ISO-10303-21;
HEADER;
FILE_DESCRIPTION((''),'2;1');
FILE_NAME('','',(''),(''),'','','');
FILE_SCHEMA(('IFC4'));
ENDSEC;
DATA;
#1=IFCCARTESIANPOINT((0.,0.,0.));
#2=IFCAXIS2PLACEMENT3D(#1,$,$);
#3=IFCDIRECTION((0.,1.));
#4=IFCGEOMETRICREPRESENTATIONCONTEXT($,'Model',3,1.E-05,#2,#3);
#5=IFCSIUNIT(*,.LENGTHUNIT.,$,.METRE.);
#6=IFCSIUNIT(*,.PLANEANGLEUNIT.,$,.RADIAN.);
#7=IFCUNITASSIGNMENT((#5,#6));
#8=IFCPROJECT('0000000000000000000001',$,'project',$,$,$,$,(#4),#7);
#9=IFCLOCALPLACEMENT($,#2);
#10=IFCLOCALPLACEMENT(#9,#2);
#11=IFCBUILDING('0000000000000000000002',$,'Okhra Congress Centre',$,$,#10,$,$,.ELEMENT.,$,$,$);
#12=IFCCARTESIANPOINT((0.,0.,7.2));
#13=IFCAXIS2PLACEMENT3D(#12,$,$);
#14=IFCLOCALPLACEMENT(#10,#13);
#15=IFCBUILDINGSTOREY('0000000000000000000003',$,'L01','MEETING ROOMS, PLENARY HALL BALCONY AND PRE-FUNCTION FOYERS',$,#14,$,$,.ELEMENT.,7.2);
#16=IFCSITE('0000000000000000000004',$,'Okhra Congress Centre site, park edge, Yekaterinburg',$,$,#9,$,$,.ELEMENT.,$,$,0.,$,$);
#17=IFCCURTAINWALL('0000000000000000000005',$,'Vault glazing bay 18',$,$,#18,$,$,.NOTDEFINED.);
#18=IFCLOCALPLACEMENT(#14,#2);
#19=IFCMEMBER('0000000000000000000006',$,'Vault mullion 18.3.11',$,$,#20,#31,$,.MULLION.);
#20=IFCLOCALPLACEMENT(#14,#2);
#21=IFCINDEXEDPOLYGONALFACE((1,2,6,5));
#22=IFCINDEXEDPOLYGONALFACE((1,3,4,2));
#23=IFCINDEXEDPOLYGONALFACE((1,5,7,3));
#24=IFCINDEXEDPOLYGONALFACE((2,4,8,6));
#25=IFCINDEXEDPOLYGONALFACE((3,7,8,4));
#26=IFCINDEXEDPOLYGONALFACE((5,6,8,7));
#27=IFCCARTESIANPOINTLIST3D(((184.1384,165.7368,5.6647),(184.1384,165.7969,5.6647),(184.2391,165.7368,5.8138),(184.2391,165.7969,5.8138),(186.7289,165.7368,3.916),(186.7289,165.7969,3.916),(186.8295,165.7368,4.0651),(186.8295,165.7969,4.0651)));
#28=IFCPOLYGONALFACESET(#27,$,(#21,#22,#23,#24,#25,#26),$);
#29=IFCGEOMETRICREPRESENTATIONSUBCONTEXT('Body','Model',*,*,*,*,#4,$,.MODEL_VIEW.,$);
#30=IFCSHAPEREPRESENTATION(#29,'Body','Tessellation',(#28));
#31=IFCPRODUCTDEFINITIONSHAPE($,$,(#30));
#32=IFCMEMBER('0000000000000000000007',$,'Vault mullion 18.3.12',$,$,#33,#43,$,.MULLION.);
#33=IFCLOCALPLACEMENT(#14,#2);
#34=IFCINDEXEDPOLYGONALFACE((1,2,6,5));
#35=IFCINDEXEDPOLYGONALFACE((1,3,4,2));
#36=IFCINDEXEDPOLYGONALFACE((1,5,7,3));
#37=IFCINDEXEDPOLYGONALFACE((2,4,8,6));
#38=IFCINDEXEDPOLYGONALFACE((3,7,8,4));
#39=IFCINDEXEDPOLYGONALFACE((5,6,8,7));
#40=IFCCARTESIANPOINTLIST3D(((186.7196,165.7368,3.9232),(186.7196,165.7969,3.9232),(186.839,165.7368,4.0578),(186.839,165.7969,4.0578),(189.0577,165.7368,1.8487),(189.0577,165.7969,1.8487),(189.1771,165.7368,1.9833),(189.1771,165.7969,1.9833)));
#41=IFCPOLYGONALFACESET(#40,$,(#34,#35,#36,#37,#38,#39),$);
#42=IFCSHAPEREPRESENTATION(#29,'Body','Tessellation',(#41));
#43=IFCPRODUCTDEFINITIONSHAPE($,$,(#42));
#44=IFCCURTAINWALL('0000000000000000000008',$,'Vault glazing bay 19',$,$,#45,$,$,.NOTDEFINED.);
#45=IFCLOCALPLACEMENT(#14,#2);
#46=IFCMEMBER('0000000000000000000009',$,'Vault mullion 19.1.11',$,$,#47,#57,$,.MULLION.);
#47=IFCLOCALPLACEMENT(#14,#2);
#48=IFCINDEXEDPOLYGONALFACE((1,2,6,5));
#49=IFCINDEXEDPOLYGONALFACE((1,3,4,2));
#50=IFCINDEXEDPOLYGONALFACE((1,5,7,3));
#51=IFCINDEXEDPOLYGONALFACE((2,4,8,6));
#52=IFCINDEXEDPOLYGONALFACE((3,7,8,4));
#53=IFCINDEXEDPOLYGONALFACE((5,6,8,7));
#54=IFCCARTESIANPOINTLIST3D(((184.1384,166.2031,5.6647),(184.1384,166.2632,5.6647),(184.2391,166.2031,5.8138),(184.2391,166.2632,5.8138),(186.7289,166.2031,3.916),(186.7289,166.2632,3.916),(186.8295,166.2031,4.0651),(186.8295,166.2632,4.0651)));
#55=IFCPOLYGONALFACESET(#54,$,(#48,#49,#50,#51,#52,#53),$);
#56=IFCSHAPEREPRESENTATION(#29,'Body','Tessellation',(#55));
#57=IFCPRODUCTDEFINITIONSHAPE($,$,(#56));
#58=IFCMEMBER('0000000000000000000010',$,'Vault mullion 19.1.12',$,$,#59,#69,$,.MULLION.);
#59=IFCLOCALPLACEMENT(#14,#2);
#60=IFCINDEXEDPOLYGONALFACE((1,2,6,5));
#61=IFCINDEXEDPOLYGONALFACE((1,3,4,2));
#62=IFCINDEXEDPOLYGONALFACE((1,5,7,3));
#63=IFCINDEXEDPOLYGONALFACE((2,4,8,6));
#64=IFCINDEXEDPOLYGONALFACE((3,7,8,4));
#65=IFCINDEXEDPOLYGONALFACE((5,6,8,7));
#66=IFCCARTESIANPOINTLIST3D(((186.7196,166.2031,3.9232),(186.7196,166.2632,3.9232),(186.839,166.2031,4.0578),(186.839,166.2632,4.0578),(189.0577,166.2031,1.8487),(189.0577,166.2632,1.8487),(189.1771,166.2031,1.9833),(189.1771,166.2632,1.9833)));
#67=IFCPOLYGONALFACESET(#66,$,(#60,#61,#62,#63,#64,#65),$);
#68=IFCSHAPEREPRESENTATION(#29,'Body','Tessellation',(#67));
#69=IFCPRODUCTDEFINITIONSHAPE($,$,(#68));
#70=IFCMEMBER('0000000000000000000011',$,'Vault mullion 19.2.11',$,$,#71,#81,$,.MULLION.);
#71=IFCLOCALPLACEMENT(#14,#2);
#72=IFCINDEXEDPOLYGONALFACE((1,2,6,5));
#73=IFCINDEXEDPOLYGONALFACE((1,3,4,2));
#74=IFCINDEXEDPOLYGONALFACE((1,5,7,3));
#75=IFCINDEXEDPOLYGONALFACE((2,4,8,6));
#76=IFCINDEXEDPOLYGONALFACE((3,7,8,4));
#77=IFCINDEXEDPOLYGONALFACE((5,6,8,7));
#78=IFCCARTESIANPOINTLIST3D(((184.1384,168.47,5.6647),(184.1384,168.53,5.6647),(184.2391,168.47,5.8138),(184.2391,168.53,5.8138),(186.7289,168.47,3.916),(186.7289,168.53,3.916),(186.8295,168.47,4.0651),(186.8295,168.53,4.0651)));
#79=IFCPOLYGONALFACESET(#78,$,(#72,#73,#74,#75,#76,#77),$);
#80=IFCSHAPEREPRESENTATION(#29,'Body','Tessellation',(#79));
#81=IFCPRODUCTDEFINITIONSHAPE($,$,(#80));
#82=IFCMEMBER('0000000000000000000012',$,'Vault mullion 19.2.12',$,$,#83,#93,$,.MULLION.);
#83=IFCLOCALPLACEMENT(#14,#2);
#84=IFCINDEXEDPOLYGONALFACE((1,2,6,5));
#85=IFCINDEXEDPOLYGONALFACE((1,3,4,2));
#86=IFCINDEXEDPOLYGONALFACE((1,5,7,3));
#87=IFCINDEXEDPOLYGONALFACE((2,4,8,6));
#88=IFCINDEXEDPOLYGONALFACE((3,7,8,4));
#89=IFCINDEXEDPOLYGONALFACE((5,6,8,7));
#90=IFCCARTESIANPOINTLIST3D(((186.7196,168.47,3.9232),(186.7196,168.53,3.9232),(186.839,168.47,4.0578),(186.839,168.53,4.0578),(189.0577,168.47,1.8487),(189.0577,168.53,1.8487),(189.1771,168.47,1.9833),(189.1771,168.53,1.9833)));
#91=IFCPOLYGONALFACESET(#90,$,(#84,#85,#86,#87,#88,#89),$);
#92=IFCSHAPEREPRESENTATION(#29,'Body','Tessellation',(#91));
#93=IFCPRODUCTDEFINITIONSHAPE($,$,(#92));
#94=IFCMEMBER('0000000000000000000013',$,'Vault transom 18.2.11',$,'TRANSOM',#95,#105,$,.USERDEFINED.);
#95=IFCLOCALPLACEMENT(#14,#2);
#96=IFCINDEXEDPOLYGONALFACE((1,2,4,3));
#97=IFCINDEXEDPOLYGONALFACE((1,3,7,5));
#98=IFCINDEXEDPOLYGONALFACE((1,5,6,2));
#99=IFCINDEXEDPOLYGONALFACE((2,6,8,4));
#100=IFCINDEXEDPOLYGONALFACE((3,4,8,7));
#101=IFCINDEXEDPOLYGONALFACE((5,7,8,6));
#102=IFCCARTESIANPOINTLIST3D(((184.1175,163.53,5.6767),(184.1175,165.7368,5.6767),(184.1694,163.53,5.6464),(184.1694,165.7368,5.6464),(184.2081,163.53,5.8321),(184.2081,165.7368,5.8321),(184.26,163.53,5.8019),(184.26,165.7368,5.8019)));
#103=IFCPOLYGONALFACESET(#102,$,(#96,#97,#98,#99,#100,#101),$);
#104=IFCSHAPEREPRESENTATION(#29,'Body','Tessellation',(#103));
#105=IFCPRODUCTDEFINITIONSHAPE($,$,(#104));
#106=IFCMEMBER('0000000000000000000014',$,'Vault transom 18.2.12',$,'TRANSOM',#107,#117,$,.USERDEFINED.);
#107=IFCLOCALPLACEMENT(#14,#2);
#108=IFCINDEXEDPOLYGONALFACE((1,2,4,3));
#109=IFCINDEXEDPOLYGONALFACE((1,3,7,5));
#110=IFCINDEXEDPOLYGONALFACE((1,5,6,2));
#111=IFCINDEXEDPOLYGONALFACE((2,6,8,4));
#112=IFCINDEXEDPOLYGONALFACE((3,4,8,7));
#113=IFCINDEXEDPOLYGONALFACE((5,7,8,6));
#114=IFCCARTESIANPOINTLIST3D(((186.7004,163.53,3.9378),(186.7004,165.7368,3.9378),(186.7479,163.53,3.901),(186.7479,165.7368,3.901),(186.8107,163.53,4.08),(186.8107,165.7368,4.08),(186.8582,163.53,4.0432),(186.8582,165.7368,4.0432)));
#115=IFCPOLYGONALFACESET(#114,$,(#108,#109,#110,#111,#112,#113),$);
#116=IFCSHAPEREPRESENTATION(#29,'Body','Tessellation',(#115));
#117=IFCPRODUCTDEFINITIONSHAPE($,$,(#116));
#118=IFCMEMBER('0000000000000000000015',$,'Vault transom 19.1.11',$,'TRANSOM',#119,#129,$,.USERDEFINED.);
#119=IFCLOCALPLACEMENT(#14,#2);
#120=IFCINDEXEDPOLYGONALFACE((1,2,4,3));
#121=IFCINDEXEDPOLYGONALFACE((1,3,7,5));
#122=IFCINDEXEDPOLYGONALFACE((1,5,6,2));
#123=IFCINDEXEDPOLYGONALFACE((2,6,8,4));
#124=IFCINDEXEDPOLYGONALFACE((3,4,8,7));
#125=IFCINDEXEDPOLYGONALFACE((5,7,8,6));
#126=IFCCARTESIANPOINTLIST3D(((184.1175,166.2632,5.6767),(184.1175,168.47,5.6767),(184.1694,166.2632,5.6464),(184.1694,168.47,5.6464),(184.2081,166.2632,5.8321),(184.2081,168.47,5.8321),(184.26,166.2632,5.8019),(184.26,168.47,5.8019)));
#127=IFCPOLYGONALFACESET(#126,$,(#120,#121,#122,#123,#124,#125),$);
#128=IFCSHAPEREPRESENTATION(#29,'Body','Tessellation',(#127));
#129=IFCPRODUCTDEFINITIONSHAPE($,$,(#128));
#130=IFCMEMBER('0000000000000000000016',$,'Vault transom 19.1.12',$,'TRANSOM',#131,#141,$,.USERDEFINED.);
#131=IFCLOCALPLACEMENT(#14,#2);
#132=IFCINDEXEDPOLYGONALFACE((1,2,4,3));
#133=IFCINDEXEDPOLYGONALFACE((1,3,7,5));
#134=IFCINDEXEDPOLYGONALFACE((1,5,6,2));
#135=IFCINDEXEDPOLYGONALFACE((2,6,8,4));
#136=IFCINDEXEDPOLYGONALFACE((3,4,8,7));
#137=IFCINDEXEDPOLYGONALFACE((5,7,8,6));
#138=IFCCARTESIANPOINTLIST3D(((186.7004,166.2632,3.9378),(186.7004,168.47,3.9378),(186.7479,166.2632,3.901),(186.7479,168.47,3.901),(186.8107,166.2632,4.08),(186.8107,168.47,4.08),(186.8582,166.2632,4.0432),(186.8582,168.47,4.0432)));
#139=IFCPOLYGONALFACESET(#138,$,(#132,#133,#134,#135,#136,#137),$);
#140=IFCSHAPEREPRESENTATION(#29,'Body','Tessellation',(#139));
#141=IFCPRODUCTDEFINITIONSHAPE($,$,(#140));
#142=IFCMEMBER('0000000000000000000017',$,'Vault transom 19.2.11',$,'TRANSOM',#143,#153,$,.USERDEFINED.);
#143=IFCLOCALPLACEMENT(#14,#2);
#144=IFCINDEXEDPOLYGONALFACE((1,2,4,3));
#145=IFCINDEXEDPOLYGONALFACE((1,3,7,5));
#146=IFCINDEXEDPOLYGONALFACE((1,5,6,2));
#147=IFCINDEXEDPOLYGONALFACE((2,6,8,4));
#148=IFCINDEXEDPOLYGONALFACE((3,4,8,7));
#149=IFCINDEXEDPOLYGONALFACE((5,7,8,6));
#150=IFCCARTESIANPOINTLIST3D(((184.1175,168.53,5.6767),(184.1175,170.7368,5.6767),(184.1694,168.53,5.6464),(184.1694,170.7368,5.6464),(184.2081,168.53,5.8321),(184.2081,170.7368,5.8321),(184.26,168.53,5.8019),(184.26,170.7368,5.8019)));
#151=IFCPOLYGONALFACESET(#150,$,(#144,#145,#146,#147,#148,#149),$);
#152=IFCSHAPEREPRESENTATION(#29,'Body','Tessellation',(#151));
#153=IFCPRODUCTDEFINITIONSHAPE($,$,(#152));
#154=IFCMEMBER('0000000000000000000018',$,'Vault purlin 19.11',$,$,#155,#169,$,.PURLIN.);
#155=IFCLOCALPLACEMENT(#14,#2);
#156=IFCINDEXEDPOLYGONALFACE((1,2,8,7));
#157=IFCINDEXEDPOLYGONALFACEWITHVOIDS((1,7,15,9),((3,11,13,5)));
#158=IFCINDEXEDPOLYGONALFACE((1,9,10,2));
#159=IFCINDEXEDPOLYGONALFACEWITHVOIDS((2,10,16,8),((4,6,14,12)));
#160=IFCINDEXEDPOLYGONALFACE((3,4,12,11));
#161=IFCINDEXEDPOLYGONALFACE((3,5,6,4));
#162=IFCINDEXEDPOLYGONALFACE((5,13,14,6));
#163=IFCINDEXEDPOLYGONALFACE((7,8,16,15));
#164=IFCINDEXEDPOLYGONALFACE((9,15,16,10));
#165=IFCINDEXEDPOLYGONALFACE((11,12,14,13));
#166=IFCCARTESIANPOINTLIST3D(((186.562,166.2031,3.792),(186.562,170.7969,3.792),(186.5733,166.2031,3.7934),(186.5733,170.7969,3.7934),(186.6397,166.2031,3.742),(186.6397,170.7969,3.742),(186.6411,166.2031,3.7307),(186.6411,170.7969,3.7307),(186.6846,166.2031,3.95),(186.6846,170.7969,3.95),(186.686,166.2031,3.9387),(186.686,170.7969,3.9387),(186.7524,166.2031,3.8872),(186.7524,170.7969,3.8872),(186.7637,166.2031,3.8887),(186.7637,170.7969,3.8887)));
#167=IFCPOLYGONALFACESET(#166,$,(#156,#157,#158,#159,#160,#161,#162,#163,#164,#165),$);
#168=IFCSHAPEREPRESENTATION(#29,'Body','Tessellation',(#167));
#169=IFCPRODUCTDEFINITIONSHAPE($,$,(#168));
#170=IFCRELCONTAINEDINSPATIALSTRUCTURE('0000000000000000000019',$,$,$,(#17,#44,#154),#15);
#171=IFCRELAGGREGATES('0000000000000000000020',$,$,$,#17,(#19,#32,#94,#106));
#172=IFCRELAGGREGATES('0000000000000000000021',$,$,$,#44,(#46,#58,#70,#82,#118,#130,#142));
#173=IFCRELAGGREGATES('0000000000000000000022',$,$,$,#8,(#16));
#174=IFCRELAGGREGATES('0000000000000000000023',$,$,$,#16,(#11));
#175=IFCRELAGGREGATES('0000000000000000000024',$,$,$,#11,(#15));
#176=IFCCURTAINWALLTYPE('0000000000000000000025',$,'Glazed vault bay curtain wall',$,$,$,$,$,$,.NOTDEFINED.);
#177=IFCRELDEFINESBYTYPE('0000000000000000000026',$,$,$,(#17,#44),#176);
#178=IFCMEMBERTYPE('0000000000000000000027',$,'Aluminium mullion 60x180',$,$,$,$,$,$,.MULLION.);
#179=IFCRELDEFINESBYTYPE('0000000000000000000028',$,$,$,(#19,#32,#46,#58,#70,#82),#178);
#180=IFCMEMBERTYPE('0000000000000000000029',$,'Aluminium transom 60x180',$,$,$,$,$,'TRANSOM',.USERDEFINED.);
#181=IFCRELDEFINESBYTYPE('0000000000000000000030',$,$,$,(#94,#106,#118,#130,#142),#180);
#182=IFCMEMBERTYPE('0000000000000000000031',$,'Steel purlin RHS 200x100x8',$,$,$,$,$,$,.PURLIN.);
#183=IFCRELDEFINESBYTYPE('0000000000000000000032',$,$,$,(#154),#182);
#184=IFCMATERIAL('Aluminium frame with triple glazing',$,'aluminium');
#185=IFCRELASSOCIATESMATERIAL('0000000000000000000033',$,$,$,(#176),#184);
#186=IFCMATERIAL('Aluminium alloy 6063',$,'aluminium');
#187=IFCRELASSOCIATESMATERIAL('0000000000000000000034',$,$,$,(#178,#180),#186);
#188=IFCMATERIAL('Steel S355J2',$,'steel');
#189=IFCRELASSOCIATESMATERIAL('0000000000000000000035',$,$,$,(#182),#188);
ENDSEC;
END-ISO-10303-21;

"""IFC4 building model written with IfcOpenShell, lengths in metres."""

from ifc_helpers import new_model, si_unit, direction, frame, origin, origin_2d, place, context, subcontext, project, spatial, rectangle, hollow_rectangle, extrude, material, material_profile, profile_set, type_object, element, aggregate, save


model = new_model("IFC4")

# Units and contexts
model_context = context("Model", 3, precision=1e-05, world=origin(), true_north=direction((0.0, 1.0)))
body_context = subcontext(model_context, "Body", "Model", "MODEL_VIEW")
ifc_project = project(units=[si_unit("LENGTHUNIT", "METRE"), si_unit("PLANEANGLEUNIT", "RADIAN")], contexts=[model_context])

# Site, building, storey
site_placement = place(None, origin())
site = spatial("IfcSite", under=ifc_project, at=site_placement, Name="Okhra Congress Centre site, park edge, Yekaterinburg", CompositionType="ELEMENT", RefElevation=0.0)
building_placement = place(site_placement, origin())
building = spatial("IfcBuilding", under=site, at=building_placement, Name="Okhra Congress Centre", CompositionType="ELEMENT")
storey_placement = place(building_placement, frame((0.0, 0.0, 7.2)))
storey = spatial("IfcBuildingStorey", under=building, at=storey_placement, Name="L01", Description="MEETING ROOMS, PLENARY HALL BALCONY AND PRE-FUNCTION FOYERS", CompositionType="ELEMENT", Elevation=7.2)

# Curtain walls, members
ifc_material_1 = material(Name="Aluminium frame with triple glazing", Category="aluminium")
curtain_wall_type = type_object("IfcCurtainWallType", Name="Glazed vault bay curtain wall", PredefinedType="NOTDEFINED", material=ifc_material_1)
curtain_wall_1_placement = place(storey_placement, origin())
curtain_wall_1 = element("IfcCurtainWall", 1, at=curtain_wall_1_placement, inside=storey, type_object=curtain_wall_type, Name="Vault glazing bay 18", PredefinedType="NOTDEFINED")
ifc_material_2 = material(Name="Aluminium alloy 6063", Category="aluminium")
ifc_material_profile_1 = material_profile(ifc_material_2, rectangle(XDim=0.0601, YDim=0.1799, at=origin_2d()), Name="AL 60x180")
ifc_profile_set_1 = profile_set([ifc_material_profile_1], Name="Aluminium alloy 6063")
member_type_1 = type_object("IfcMemberType", Name="Aluminium mullion 60x180", PredefinedType="MULLION", material=ifc_profile_set_1)
member_1_placement = place(storey_placement, frame((184.1887, 165.7668, 5.7393), z_axis=(0.828828, 0.0, -0.559504), x_axis=(0.0, 1.0, 0.0)))
member_1 = element("IfcMember", 2, at=member_1_placement, type_object=member_type_1, Name="Vault mullion 18.3.11", PredefinedType="MULLION", context=body_context, shape_type="SweptSolid", body=[
    extrude(rectangle(XDim=0.0601, YDim=0.1799, at=origin_2d()), origin(), (0.0, 0.0, 1.0), 3.1255),
])
member_2_placement = place(storey_placement, frame((186.7793, 165.7668, 3.9905), z_axis=(0.748025, 0.0, -0.66367), x_axis=(0.0, 1.0, 0.0)))
member_2 = element("IfcMember", 3, at=member_2_placement, type_object=member_type_1, Name="Vault mullion 18.3.12", PredefinedType="MULLION", context=body_context, shape_type="SweptSolid", body=[
    extrude(rectangle(XDim=0.0601, YDim=0.1799, at=origin_2d()), origin(), (0.0, 0.0, 1.0), 3.1257),
])
curtain_wall_2_placement = place(storey_placement, origin())
curtain_wall_2 = element("IfcCurtainWall", 4, at=curtain_wall_2_placement, inside=storey, type_object=curtain_wall_type, Name="Vault glazing bay 19", PredefinedType="NOTDEFINED")
member_3_placement = place(storey_placement, frame((184.1887, 166.2332, 5.7393), z_axis=(0.828828, 0.0, -0.559504), x_axis=(0.0, 1.0, 0.0)))
member_3 = element("IfcMember", 5, at=member_3_placement, type_object=member_type_1, Name="Vault mullion 19.1.11", PredefinedType="MULLION", context=body_context, shape_type="SweptSolid", body=[
    extrude(rectangle(XDim=0.0601, YDim=0.1799, at=origin_2d()), origin(), (0.0, 0.0, 1.0), 3.1255),
])
member_4_placement = place(storey_placement, frame((186.7793, 166.2332, 3.9905), z_axis=(0.748025, 0.0, -0.66367), x_axis=(0.0, 1.0, 0.0)))
member_4 = element("IfcMember", 6, at=member_4_placement, type_object=member_type_1, Name="Vault mullion 19.1.12", PredefinedType="MULLION", context=body_context, shape_type="SweptSolid", body=[
    extrude(rectangle(XDim=0.0601, YDim=0.1799, at=origin_2d()), origin(), (0.0, 0.0, 1.0), 3.1257),
])
member_5_placement = place(storey_placement, frame((184.1887, 168.5, 5.7393), z_axis=(0.828828, 0.0, -0.559504), x_axis=(0.0, 1.0, 0.0)))
member_5 = element("IfcMember", 7, at=member_5_placement, type_object=member_type_1, Name="Vault mullion 19.2.11", PredefinedType="MULLION", context=body_context, shape_type="SweptSolid", body=[
    extrude(rectangle(XDim=0.0601, YDim=0.1799, at=origin_2d()), origin(), (0.0, 0.0, 1.0), 3.1255),
])
member_6_placement = place(storey_placement, frame((186.7793, 168.5, 3.9905), z_axis=(0.748025, 0.0, -0.66367), x_axis=(0.0, 1.0, 0.0)))
member_6 = element("IfcMember", 8, at=member_6_placement, type_object=member_type_1, Name="Vault mullion 19.2.12", PredefinedType="MULLION", context=body_context, shape_type="SweptSolid", body=[
    extrude(rectangle(XDim=0.0601, YDim=0.1799, at=origin_2d()), origin(), (0.0, 0.0, 1.0), 3.1257),
])

# Members
ifc_material_profile_2 = material_profile(ifc_material_2, rectangle(XDim=0.0601, YDim=0.1799, at=origin_2d()), Name="AL 60x180 transom")
ifc_profile_set_2 = profile_set([ifc_material_profile_2], Name="Aluminium alloy 6063")
member_type_2 = type_object("IfcMemberType", Name="Aluminium transom 60x180", ElementType="TRANSOM", PredefinedType="USERDEFINED", material=ifc_profile_set_2)
member_7_placement = place(storey_placement, frame((184.1887, 163.53, 5.7393), z_axis=(0.0, 1.0, 0.0), x_axis=(-0.863917, 0.0, 0.503634)))
member_7 = element("IfcMember", 9, at=member_7_placement, type_object=member_type_2, Name="Vault transom 18.2.11", ObjectType="TRANSOM", PredefinedType="USERDEFINED", context=body_context, shape_type="SweptSolid", body=[
    extrude(rectangle(XDim=0.0601, YDim=0.1799, at=origin_2d()), origin(), (0.0, 0.0, 1.0), 2.2068),
])
member_8_placement = place(storey_placement, frame((186.7793, 163.53, 3.9905), z_axis=(0.0, 1.0, 0.0), x_axis=(-0.790145, 0.0, 0.61292)))
member_8 = element("IfcMember", 10, at=member_8_placement, type_object=member_type_2, Name="Vault transom 18.2.12", ObjectType="TRANSOM", PredefinedType="USERDEFINED", context=body_context, shape_type="SweptSolid", body=[
    extrude(rectangle(XDim=0.0601, YDim=0.1799, at=origin_2d()), origin(), (0.0, 0.0, 1.0), 2.2068),
])
member_9_placement = place(storey_placement, frame((184.1887, 166.2632, 5.7393), z_axis=(0.0, 1.0, 0.0), x_axis=(-0.863917, 0.0, 0.503634)))
member_9 = element("IfcMember", 11, at=member_9_placement, type_object=member_type_2, Name="Vault transom 19.1.11", ObjectType="TRANSOM", PredefinedType="USERDEFINED", context=body_context, shape_type="SweptSolid", body=[
    extrude(rectangle(XDim=0.0601, YDim=0.1799, at=origin_2d()), origin(), (0.0, 0.0, 1.0), 2.2068),
])
member_10_placement = place(storey_placement, frame((186.7793, 166.2632, 3.9905), z_axis=(0.0, 1.0, 0.0), x_axis=(-0.790145, 0.0, 0.61292)))
member_10 = element("IfcMember", 12, at=member_10_placement, type_object=member_type_2, Name="Vault transom 19.1.12", ObjectType="TRANSOM", PredefinedType="USERDEFINED", context=body_context, shape_type="SweptSolid", body=[
    extrude(rectangle(XDim=0.0601, YDim=0.1799, at=origin_2d()), origin(), (0.0, 0.0, 1.0), 2.2068),
])
member_11_placement = place(storey_placement, frame((184.1887, 168.53, 5.7393), z_axis=(0.0, 1.0, 0.0), x_axis=(-0.863917, 0.0, 0.503634)))
member_11 = element("IfcMember", 13, at=member_11_placement, type_object=member_type_2, Name="Vault transom 19.2.11", ObjectType="TRANSOM", PredefinedType="USERDEFINED", context=body_context, shape_type="SweptSolid", body=[
    extrude(rectangle(XDim=0.0601, YDim=0.1799, at=origin_2d()), origin(), (0.0, 0.0, 1.0), 2.2068),
])

# Member
ifc_material_3 = material(Name="Steel S355J2", Category="steel")
ifc_material_profile_3 = material_profile(ifc_material_3, hollow_rectangle(XDim=0.1001, YDim=0.2, WallThickness=0.0081, at=origin_2d()), Name="RHS 200x100x8")
ifc_profile_set_3 = profile_set([ifc_material_profile_3], Name="Steel S355J2")
member_type_3 = type_object("IfcMemberType", Name="Steel purlin RHS 200x100x8", PredefinedType="PURLIN", material=ifc_profile_set_3)
member_12_placement = place(storey_placement, frame((186.6628, 166.2031, 3.8403), z_axis=(0.0, 1.0, 0.0), x_axis=(-0.790145, 0.0, 0.61292)))
element("IfcMember", 14, at=member_12_placement, inside=storey, type_object=member_type_3, Name="Vault purlin 19.11", PredefinedType="PURLIN", context=body_context, shape_type="SweptSolid", body=[
    extrude(hollow_rectangle(XDim=0.1001, YDim=0.2, WallThickness=0.0081, at=origin_2d()), origin(), (0.0, 0.0, 1.0), 4.5938),
])

aggregate(curtain_wall_1, [member_1, member_2, member_7, member_8])
aggregate(curtain_wall_2, [member_3, member_4, member_5, member_6, member_9, member_10, member_11])

save(model, "model.ifc")
